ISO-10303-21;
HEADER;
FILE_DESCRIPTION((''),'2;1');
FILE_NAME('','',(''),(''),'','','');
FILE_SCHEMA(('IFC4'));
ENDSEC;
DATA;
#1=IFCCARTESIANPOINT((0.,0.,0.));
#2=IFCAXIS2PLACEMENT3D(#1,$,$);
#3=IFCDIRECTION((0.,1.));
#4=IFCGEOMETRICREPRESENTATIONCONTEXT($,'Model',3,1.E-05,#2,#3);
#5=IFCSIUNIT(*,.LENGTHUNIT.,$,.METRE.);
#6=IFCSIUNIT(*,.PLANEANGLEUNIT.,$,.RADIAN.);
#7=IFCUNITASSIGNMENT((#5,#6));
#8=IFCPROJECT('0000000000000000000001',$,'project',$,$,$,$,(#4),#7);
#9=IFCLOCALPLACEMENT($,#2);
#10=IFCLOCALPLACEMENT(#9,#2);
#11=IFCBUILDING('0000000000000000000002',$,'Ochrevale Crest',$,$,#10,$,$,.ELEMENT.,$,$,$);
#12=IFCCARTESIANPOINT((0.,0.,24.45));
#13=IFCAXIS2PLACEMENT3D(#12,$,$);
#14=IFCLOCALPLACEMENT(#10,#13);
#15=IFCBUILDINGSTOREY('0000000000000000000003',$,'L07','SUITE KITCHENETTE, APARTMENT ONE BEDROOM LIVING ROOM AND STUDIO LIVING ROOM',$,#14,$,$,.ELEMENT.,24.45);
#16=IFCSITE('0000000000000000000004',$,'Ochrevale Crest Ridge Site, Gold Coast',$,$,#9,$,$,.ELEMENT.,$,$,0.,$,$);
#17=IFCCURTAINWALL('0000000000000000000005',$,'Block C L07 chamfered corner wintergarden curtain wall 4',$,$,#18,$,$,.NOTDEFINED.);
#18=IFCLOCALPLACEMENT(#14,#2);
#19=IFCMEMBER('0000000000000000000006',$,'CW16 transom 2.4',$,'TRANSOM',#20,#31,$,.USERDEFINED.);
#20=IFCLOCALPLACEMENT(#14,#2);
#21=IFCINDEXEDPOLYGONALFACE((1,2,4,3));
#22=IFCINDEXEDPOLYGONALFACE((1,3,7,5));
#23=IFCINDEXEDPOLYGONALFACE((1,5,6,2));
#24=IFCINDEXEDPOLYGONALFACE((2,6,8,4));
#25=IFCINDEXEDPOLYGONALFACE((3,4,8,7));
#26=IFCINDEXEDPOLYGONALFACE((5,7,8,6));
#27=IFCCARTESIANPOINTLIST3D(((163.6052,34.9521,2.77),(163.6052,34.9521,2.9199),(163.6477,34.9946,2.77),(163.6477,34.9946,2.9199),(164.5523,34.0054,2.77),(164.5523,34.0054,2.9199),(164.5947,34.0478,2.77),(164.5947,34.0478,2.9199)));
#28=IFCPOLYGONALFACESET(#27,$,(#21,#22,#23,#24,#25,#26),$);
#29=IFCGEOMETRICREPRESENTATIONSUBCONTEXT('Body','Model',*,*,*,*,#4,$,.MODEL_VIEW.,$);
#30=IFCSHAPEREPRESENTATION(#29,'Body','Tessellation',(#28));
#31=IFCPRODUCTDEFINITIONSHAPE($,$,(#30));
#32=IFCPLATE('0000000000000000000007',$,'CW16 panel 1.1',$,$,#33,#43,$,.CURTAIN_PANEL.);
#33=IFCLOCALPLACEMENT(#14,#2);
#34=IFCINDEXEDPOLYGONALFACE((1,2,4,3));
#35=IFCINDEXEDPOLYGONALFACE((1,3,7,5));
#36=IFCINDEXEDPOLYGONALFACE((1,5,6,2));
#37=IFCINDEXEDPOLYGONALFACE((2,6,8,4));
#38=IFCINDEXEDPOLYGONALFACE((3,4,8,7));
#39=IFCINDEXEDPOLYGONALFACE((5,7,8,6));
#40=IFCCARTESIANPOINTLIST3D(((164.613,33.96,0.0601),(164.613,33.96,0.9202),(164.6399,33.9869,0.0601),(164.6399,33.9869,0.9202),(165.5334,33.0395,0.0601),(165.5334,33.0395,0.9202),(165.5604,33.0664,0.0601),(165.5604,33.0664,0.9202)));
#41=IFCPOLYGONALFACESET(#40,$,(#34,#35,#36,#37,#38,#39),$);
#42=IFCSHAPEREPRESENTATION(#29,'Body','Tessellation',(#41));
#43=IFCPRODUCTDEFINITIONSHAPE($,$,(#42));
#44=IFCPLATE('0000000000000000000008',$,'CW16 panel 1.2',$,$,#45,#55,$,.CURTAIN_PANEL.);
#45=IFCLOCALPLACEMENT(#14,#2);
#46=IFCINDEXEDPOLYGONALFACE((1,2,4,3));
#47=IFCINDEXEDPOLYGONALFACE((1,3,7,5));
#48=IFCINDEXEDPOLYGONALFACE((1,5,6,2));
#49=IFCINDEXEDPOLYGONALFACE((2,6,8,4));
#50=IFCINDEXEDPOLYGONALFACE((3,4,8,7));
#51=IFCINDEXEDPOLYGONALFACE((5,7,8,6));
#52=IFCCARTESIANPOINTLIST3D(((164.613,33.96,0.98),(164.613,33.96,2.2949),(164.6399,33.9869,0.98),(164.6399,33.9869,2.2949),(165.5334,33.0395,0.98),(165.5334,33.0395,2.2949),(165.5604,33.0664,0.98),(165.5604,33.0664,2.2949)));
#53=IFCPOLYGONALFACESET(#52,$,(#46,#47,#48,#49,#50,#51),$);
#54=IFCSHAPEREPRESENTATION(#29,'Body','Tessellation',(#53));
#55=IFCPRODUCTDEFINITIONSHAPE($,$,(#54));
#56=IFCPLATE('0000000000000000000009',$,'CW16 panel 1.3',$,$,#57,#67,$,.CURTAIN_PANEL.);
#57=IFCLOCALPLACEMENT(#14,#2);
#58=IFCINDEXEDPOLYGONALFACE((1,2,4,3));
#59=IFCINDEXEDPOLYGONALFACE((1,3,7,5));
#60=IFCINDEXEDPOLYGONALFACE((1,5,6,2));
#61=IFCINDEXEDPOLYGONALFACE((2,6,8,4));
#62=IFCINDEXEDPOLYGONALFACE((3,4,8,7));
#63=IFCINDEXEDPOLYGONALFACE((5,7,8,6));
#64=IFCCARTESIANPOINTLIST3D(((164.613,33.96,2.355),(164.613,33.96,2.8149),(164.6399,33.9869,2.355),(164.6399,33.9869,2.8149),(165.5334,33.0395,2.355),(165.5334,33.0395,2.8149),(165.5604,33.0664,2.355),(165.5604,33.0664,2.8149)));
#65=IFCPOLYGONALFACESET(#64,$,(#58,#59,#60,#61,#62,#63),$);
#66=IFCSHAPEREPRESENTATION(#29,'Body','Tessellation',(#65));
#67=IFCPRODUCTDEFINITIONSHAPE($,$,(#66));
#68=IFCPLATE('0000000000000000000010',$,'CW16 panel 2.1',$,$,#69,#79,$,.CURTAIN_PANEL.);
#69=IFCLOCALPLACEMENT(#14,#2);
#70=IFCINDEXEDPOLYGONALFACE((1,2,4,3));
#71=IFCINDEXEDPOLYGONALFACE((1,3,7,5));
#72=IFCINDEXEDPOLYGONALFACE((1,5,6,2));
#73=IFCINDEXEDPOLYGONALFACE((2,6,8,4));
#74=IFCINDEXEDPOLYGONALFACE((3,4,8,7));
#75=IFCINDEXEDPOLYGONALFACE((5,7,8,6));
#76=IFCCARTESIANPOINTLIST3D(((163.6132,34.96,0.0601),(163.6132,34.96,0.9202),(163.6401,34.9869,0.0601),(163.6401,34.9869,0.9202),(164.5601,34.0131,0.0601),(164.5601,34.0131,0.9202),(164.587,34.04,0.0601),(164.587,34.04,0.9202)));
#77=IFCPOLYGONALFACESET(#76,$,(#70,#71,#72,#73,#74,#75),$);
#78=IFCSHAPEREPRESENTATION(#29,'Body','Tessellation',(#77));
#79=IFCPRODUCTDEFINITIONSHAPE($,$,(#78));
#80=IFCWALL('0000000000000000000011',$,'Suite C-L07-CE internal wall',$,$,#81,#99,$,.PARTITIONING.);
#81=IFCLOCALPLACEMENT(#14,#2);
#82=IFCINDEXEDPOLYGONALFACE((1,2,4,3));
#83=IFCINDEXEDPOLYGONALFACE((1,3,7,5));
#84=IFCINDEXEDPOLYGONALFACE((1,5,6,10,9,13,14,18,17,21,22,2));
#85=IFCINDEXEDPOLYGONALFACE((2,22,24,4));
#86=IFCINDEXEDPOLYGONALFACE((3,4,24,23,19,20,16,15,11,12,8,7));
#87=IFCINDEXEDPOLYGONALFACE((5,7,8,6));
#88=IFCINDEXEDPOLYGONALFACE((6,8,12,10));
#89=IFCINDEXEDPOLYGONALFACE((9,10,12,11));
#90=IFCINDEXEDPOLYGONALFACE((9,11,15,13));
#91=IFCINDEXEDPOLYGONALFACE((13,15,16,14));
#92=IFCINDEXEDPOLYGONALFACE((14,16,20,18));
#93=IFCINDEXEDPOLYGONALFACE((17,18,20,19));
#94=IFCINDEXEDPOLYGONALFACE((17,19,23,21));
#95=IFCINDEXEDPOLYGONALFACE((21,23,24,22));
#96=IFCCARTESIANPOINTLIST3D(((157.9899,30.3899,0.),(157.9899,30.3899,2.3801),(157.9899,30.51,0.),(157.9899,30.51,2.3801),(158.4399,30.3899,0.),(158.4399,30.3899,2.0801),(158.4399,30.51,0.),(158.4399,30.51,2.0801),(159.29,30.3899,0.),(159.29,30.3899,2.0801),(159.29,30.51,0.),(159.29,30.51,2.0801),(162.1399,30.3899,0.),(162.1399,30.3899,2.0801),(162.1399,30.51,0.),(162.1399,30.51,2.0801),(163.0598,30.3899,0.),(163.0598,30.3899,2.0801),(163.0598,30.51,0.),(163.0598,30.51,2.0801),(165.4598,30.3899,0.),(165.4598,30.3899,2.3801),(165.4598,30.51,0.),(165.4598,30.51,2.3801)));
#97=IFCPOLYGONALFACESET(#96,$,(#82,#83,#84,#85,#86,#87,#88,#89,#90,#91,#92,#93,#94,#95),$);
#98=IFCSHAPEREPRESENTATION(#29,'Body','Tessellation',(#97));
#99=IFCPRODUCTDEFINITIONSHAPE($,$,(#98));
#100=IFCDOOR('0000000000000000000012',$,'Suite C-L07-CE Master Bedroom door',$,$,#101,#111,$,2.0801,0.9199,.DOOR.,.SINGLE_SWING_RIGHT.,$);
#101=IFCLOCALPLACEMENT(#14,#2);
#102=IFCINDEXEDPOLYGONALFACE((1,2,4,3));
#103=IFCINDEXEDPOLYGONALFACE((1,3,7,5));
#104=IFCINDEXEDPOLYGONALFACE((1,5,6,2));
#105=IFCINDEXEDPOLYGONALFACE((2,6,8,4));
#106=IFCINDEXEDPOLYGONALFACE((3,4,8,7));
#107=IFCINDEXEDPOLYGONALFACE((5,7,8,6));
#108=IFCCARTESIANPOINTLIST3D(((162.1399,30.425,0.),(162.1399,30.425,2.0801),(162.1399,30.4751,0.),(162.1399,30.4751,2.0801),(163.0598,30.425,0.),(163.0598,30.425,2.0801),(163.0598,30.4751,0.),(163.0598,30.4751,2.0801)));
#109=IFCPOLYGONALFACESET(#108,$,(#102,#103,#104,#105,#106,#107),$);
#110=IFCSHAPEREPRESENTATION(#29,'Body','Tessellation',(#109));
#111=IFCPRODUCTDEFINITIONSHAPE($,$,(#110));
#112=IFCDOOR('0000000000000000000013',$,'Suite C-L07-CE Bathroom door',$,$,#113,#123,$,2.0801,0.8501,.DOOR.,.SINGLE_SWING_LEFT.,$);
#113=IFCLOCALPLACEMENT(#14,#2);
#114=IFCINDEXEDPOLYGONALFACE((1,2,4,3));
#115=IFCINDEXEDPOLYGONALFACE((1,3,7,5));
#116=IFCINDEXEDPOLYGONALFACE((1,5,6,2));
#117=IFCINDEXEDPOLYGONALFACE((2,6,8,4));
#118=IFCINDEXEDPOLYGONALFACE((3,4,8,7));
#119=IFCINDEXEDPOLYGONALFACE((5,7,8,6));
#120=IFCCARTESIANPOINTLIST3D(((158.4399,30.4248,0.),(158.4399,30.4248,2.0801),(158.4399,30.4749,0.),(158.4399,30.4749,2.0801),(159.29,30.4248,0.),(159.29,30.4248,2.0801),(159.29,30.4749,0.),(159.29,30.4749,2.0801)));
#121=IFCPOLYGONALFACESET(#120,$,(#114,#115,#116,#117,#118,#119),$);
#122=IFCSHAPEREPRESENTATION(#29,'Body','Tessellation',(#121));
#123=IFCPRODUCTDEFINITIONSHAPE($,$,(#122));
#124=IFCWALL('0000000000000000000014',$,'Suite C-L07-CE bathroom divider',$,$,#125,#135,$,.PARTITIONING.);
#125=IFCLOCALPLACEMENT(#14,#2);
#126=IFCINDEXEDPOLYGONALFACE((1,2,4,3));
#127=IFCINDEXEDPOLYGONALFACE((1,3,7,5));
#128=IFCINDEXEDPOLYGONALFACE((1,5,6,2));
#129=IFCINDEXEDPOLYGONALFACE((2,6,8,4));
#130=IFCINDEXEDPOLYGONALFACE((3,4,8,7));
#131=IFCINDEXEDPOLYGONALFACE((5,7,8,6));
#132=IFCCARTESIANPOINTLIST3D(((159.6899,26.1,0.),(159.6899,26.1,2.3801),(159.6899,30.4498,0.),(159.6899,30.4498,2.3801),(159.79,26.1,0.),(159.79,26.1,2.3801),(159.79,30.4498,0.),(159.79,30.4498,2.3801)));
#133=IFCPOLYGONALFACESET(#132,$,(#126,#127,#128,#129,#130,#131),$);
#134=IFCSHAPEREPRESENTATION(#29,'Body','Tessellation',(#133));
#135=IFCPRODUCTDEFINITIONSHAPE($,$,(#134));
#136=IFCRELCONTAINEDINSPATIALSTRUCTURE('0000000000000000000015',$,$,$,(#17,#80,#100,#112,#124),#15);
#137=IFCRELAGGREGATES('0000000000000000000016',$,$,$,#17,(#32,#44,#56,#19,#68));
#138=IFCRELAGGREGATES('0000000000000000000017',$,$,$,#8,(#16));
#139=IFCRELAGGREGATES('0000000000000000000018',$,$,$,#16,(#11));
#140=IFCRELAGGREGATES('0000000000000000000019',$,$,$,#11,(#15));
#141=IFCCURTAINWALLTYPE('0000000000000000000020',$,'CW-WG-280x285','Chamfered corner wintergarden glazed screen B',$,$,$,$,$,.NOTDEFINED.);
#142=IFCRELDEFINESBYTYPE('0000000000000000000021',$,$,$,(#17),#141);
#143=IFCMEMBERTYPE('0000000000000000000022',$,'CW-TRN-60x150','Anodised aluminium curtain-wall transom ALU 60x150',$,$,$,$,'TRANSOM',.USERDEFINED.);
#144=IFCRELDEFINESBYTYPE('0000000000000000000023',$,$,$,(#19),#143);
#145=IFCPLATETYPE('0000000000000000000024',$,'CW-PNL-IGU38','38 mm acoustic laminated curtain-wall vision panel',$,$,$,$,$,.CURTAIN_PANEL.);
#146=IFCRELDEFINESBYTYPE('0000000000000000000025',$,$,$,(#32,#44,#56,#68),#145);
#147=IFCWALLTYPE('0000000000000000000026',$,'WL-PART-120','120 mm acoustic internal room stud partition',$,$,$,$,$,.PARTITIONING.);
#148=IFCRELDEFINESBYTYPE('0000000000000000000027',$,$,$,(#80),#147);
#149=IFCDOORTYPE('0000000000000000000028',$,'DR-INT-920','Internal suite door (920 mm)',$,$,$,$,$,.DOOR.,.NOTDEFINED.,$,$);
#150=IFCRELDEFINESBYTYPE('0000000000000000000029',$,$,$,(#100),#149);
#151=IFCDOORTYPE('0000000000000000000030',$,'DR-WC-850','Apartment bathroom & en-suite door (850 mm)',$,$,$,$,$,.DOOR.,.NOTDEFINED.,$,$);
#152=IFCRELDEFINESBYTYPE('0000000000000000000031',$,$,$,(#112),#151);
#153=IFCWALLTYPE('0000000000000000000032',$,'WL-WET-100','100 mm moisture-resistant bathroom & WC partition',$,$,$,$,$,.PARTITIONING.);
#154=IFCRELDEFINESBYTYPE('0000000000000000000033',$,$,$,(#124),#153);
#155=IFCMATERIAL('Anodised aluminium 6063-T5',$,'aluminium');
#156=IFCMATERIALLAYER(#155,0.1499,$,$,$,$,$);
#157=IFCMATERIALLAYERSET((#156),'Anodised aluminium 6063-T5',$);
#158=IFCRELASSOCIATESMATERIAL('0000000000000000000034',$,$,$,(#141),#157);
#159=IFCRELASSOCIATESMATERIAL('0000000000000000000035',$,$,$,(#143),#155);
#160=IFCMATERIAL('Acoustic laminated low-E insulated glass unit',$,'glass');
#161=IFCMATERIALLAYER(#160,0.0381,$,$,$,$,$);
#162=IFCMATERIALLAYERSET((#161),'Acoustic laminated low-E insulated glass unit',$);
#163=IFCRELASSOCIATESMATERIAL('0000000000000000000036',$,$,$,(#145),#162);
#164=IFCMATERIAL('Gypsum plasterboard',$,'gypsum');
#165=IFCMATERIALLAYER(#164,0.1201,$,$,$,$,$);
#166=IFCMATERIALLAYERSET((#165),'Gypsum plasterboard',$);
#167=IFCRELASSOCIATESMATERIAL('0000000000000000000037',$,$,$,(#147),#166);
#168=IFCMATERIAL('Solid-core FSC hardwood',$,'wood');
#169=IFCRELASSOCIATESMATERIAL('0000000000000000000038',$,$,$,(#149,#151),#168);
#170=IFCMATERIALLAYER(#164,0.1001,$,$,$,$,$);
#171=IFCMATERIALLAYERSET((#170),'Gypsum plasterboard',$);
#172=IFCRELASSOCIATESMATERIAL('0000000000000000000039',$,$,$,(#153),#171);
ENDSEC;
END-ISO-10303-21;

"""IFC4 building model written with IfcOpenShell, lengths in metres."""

from ifc_helpers import new_model, si_unit, direction, frame, frame_2d, origin, origin_2d, place, context, subcontext, project, spatial, rectangle, extrude, material, layer, layer_set, material_profile, profile_set, type_object, element, fill, aggregate, save


model = new_model("IFC4")

# Units and contexts
model_context = context("Model", 3, precision=1e-05, world=origin(), true_north=direction((0.0, 1.0)))
body_context = subcontext(model_context, "Body", "Model", "MODEL_VIEW")
ifc_project = project(units=[si_unit("LENGTHUNIT", "METRE"), si_unit("PLANEANGLEUNIT", "RADIAN")], contexts=[model_context])

# Site, building, storey
site_placement = place(None, origin())
site = spatial("IfcSite", under=ifc_project, at=site_placement, Name="Ochrevale Crest Ridge Site, Gold Coast", CompositionType="ELEMENT", RefElevation=0.0)
building_placement = place(site_placement, origin())
building = spatial("IfcBuilding", under=site, at=building_placement, Name="Ochrevale Crest", CompositionType="ELEMENT")
storey_placement = place(building_placement, frame((0.0, 0.0, 24.45)))
storey = spatial("IfcBuildingStorey", under=building, at=storey_placement, Name="L07", Description="SUITE KITCHENETTE, APARTMENT ONE BEDROOM LIVING ROOM AND STUDIO LIVING ROOM", CompositionType="ELEMENT", Elevation=24.45)

# Curtain wall, member, plates
ifc_material_1 = material(Name="Anodised aluminium 6063-T5", Category="aluminium")
ifc_layer_1 = layer(ifc_material_1, 0.1499)
ifc_layer_set_1 = layer_set([ifc_layer_1], Name="Anodised aluminium 6063-T5")
curtain_wall_type = type_object("IfcCurtainWallType", Name="CW-WG-280x285", Description="Chamfered corner wintergarden glazed screen B", PredefinedType="NOTDEFINED", material=ifc_layer_set_1)
curtain_wall_placement = place(storey_placement, origin())
curtain_wall = element("IfcCurtainWall", 1, at=curtain_wall_placement, inside=storey, type_object=curtain_wall_type, Name="Block C L07 chamfered corner wintergarden curtain wall 4", PredefinedType="NOTDEFINED")
ifc_material_profile_1 = material_profile(ifc_material_1, rectangle(XDim=0.0601, YDim=0.1499, at=origin_2d()), Name="ALU 60x150")
ifc_profile_set_1 = profile_set([ifc_material_profile_1], Name="Anodised aluminium 6063-T5")
member_type_1 = type_object("IfcMemberType", Name="CW-TRN-60x150", Description="Anodised aluminium curtain-wall transom ALU 60x150", ElementType="TRANSOM", PredefinedType="USERDEFINED", material=ifc_profile_set_1)
member_1_placement = place(storey_placement, frame((164.5735, 34.0266, 2.845), z_axis=(-0.707198, 0.707016, 0.0), x_axis=(-0.707016, -0.707198, 0.0)))
member_1 = element("IfcMember", 2, at=member_1_placement, type_object=member_type_1, Name="CW16 transom 2.4", ObjectType="TRANSOM", PredefinedType="USERDEFINED", context=body_context, shape_type="SweptSolid", body=[
    extrude(rectangle(XDim=0.0601, YDim=0.1499, at=origin_2d()), origin(), (0.0, 0.0, 1.0), 1.3391),
])
ifc_material_2 = material(Name="Acoustic laminated low-E insulated glass unit", Category="glass")
ifc_layer_2 = layer(ifc_material_2, 0.0381)
ifc_layer_set_2 = layer_set([ifc_layer_2], Name="Acoustic laminated low-E insulated glass unit")
plate_type = type_object("IfcPlateType", Name="CW-PNL-IGU38", Description="38 mm acoustic laminated curtain-wall vision panel", PredefinedType="CURTAIN_PANEL", material=ifc_layer_set_2)
plate_1_placement = place(storey_placement, frame((165.0867, 33.5132, 0.0601), z_axis=(0.0, 0.0, 1.0), x_axis=(-0.707107, 0.707107, 0.0)))
plate_1 = element("IfcPlate", 3, at=plate_1_placement, type_object=plate_type, Name="CW16 panel 1.1", PredefinedType="CURTAIN_PANEL", context=body_context, shape_type="SweptSolid", body=[
    extrude(rectangle(XDim=1.3018, YDim=0.0381, at=origin_2d()), origin(), (0.0, 0.0, 1.0), 0.8601),
])
plate_2_placement = place(storey_placement, frame((165.0867, 33.5132, 0.98), z_axis=(0.0, 0.0, 1.0), x_axis=(-0.707107, 0.707107, 0.0)))
plate_2 = element("IfcPlate", 4, at=plate_2_placement, type_object=plate_type, Name="CW16 panel 1.2", PredefinedType="CURTAIN_PANEL", context=body_context, shape_type="SweptSolid", body=[
    extrude(rectangle(XDim=1.3018, YDim=0.0381, at=origin_2d()), origin(), (0.0, 0.0, 1.0), 1.3149),
])
plate_3_placement = place(storey_placement, frame((165.0867, 33.5132, 2.355), z_axis=(0.0, 0.0, 1.0), x_axis=(-0.707107, 0.707107, 0.0)))
plate_3 = element("IfcPlate", 5, at=plate_3_placement, type_object=plate_type, Name="CW16 panel 1.3", PredefinedType="CURTAIN_PANEL", context=body_context, shape_type="SweptSolid", body=[
    extrude(rectangle(XDim=1.3018, YDim=0.0381, at=origin_2d()), origin(), (0.0, 0.0, 1.0), 0.46),
])
plate_4_placement = place(storey_placement, frame((164.1001, 34.5, 0.0601), z_axis=(0.0, 0.0, 1.0), x_axis=(-0.707107, 0.707107, 0.0)))
plate_4 = element("IfcPlate", 6, at=plate_4_placement, type_object=plate_type, Name="CW16 panel 2.1", PredefinedType="CURTAIN_PANEL", context=body_context, shape_type="SweptSolid", body=[
    extrude(rectangle(XDim=1.3391, YDim=0.0381, at=origin_2d()), origin(), (0.0, 0.0, 1.0), 0.8601),
])
aggregate(curtain_wall, [plate_1, plate_2, plate_3, member_1, plate_4])

# Wall, openings, doors
ifc_material_3 = material(Name="Gypsum plasterboard", Category="gypsum")
ifc_layer_3 = layer(ifc_material_3, 0.1201)
ifc_layer_set_3 = layer_set([ifc_layer_3], Name="Gypsum plasterboard")
wall_type_1 = type_object("IfcWallType", Name="WL-PART-120", Description="120 mm acoustic internal room stud partition", PredefinedType="PARTITIONING", material=ifc_layer_set_3)
wall_1_placement = place(storey_placement, frame((157.99, 30.45, 0.0), z_axis=(0.0, 0.0, 1.0), x_axis=(1.0, 0.0, 0.0)))
wall_1 = element("IfcWall", 7, at=wall_1_placement, inside=storey, type_object=wall_type_1, Name="Suite C-L07-CE internal wall", PredefinedType="PARTITIONING", context=body_context, shape_type="SweptSolid", body=[
    extrude(rectangle(XDim=7.47, YDim=0.1201, at=frame_2d((3.7349, 0.0))), origin(), (0.0, 0.0, 1.0), 2.3801),
])
opening_1_placement = place(wall_1_placement, frame((0.45, 0.0, 0.0)))
opening_1 = element("IfcOpeningElement", 8, at=opening_1_placement, cuts=wall_1, PredefinedType="OPENING", context=body_context, shape_type="SweptSolid", body=[
    extrude(rectangle(XDim=0.8501, YDim=2.0801, at=frame_2d((0.425, 1.04))), frame((0.0, 0.0701, 0.0), z_axis=(0.0, -1.0, 0.0), x_axis=(1.0, 0.0, 0.0)), (0.0, 0.0, 1.0), 0.1401),
])
opening_2_placement = place(wall_1_placement, frame((5.0698, 0.0, 0.0), z_axis=(0.0, 0.0, 1.0), x_axis=(-1.0, 0.0, 0.0)))
opening_2 = element("IfcOpeningElement", 9, at=opening_2_placement, cuts=wall_1, PredefinedType="OPENING", context=body_context, shape_type="SweptSolid", body=[
    extrude(rectangle(XDim=0.9199, YDim=2.0801, at=frame_2d((0.46, 1.04))), frame((0.0, 0.0701, 0.0), z_axis=(0.0, -1.0, 0.0), x_axis=(1.0, 0.0, 0.0)), (0.0, 0.0, 1.0), 0.1401),
])
ifc_material_4 = material(Name="Solid-core FSC hardwood", Category="wood")
door_type_1 = type_object("IfcDoorType", Name="DR-INT-920", Description="Internal suite door (920 mm)", OperationType="NOTDEFINED", PredefinedType="DOOR", material=ifc_material_4)
door_1_placement = place(opening_2_placement, origin())
door_1 = element("IfcDoor", 10, at=door_1_placement, inside=storey, type_object=door_type_1, Name="Suite C-L07-CE Master Bedroom door", OperationType="SINGLE_SWING_RIGHT", OverallHeight=2.0801, OverallWidth=0.9199, PredefinedType="DOOR", context=body_context, shape_type="SweptSolid", body=[
    extrude(rectangle(XDim=0.9199, YDim=2.0801, at=frame_2d((0.46, 1.04))), frame((0.0, 0.0249, 0.0), z_axis=(0.0, -1.0, 0.0), x_axis=(1.0, 0.0, 0.0)), (0.0, 0.0, 1.0), 0.05),
])
fill(opening_2, door_1)
door_type_2 = type_object("IfcDoorType", Name="DR-WC-850", Description="Apartment bathroom & en-suite door (850 mm)", OperationType="NOTDEFINED", PredefinedType="DOOR", material=ifc_material_4)
door_2_placement = place(opening_1_placement, origin())
door_2 = element("IfcDoor", 11, at=door_2_placement, inside=storey, type_object=door_type_2, Name="Suite C-L07-CE Bathroom door", OperationType="SINGLE_SWING_LEFT", OverallHeight=2.0801, OverallWidth=0.8501, PredefinedType="DOOR", context=body_context, shape_type="SweptSolid", body=[
    extrude(rectangle(XDim=0.8501, YDim=2.0801, at=frame_2d((0.425, 1.04))), frame((0.0, 0.0249, 0.0), z_axis=(0.0, -1.0, 0.0), x_axis=(1.0, 0.0, 0.0)), (0.0, 0.0, 1.0), 0.05),
])
fill(opening_1, door_2)

# Wall
ifc_layer_4 = layer(ifc_material_3, 0.1001)
ifc_layer_set_4 = layer_set([ifc_layer_4], Name="Gypsum plasterboard")
wall_type_2 = type_object("IfcWallType", Name="WL-WET-100", Description="100 mm moisture-resistant bathroom & WC partition", PredefinedType="PARTITIONING", material=ifc_layer_set_4)
wall_2_placement = place(storey_placement, frame((159.74, 26.1001, 0.0), z_axis=(0.0, 0.0, 1.0), x_axis=(0.0, 1.0, 0.0)))
element("IfcWall", 12, at=wall_2_placement, inside=storey, type_object=wall_type_2, Name="Suite C-L07-CE bathroom divider", PredefinedType="PARTITIONING", context=body_context, shape_type="SweptSolid", body=[
    extrude(rectangle(XDim=4.3499, YDim=0.1001, at=frame_2d((2.1748, 0.0))), origin(), (0.0, 0.0, 1.0), 2.3801),
])

save(model, "model.ifc")
